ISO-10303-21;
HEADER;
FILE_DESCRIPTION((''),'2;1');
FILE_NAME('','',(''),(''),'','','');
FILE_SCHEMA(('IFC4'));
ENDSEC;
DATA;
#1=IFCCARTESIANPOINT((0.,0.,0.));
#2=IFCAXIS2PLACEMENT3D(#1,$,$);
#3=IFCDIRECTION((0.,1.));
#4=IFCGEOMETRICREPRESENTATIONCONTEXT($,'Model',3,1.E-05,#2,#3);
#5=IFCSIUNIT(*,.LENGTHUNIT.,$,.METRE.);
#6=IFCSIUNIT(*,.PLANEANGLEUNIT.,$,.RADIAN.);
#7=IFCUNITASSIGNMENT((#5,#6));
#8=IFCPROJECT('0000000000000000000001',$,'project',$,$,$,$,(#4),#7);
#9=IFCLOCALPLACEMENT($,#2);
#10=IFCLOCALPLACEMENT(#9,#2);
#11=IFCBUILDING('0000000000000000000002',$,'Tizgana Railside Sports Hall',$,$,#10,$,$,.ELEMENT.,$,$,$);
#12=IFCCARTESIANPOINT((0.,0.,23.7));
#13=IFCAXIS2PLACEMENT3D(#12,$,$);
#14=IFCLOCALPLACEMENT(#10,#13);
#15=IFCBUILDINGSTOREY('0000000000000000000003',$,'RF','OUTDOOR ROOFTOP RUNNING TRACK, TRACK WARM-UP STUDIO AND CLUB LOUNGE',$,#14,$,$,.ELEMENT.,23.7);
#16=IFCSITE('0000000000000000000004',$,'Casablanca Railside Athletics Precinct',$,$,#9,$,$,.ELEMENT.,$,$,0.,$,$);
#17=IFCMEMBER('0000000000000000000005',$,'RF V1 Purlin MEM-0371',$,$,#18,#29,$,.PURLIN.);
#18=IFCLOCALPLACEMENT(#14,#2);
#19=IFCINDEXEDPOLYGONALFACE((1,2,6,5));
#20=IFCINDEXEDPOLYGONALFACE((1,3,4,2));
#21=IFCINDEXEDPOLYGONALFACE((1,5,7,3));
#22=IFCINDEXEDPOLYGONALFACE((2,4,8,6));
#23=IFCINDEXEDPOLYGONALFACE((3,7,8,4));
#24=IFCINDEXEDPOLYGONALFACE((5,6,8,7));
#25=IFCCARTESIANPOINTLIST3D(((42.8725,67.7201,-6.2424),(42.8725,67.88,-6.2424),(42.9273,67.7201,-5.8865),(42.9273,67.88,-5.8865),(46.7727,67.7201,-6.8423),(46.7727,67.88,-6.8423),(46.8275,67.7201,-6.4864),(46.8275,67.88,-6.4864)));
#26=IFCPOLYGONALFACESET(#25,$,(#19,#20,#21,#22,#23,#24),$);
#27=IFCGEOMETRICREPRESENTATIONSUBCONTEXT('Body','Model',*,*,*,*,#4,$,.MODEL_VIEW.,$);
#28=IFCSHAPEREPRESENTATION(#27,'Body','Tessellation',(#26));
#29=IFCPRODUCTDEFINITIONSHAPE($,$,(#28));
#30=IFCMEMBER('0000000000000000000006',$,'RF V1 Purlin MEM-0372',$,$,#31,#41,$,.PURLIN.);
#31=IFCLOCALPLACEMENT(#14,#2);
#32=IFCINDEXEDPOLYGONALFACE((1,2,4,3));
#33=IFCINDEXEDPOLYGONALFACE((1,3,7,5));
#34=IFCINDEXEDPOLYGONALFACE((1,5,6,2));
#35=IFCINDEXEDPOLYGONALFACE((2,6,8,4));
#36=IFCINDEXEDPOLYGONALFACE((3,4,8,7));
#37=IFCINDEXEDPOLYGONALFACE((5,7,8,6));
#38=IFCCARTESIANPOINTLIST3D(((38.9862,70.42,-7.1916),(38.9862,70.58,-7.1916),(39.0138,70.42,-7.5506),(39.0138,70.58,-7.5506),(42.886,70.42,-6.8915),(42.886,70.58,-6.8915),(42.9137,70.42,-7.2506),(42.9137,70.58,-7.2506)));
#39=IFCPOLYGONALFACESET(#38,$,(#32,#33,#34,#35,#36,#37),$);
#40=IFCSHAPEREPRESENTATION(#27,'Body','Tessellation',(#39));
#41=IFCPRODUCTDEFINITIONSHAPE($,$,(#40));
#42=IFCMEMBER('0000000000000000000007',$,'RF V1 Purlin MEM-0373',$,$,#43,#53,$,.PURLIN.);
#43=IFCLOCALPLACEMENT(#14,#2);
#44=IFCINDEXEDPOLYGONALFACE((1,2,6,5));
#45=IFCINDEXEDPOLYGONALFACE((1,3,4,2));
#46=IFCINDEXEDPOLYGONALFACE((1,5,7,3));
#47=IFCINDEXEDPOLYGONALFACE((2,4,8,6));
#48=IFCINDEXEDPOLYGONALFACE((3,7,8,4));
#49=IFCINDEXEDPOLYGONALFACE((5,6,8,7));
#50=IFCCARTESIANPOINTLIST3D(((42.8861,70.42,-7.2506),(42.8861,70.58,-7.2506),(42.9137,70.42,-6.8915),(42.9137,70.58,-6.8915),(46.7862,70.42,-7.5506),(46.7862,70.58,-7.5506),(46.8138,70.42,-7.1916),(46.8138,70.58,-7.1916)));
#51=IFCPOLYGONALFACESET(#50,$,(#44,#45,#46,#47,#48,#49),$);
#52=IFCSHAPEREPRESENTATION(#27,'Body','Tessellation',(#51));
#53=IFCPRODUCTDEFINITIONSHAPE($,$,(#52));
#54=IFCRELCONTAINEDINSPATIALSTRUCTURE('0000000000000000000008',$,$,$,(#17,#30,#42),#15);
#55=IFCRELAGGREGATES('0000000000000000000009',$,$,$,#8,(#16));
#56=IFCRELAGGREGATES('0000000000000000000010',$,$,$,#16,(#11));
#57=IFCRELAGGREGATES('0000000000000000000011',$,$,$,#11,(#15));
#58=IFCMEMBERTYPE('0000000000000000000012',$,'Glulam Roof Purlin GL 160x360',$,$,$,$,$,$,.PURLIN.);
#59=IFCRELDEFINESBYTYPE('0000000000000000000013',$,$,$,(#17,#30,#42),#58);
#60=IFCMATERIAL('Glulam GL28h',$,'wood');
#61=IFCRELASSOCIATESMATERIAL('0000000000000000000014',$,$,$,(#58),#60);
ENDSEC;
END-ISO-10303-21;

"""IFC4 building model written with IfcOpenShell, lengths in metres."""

from ifc_helpers import new_model, si_unit, direction, frame, origin, origin_2d, place, context, subcontext, project, spatial, rectangle, extrude, material, material_profile, profile_set, type_object, element, save


model = new_model("IFC4")

# Units and contexts
model_context = context("Model", 3, precision=1e-05, world=origin(), true_north=direction((0.0, 1.0)))
body_context = subcontext(model_context, "Body", "Model", "MODEL_VIEW")
ifc_project = project(units=[si_unit("LENGTHUNIT", "METRE"), si_unit("PLANEANGLEUNIT", "RADIAN")], contexts=[model_context])

# Site, building, storey
site_placement = place(None, origin())
site = spatial("IfcSite", under=ifc_project, at=site_placement, Name="Casablanca Railside Athletics Precinct", CompositionType="ELEMENT", RefElevation=0.0)
building_placement = place(site_placement, origin())
building = spatial("IfcBuilding", under=site, at=building_placement, Name="Tizgana Railside Sports Hall", CompositionType="ELEMENT")
storey_placement = place(building_placement, frame((0.0, 0.0, 23.7)))
storey = spatial("IfcBuildingStorey", under=building, at=storey_placement, Name="RF", Description="OUTDOOR ROOFTOP RUNNING TRACK, TRACK WARM-UP STUDIO AND CLUB LOUNGE", CompositionType="ELEMENT", Elevation=23.7)

# Members
ifc_material_1 = material(Name="Glulam GL28h", Category="wood")
ifc_material_profile_1 = material_profile(ifc_material_1, rectangle(XDim=0.1599, YDim=0.3601, at=origin_2d()), Name="GL 160x360")
ifc_profile_set_1 = profile_set([ifc_material_profile_1], Name="Glulam GL28h")
member_type_1 = type_object("IfcMemberType", Name="Glulam Roof Purlin GL 160x360", PredefinedType="PURLIN", material=ifc_profile_set_1)
member_1_placement = place(storey_placement, frame((42.8999, 67.8, -6.0645), z_axis=(0.988378, 0.0, -0.152015), x_axis=(0.0, 1.0, 0.0)))
element("IfcMember", 1, at=member_1_placement, inside=storey, type_object=member_type_1, Name="RF V1 Purlin MEM-0371", PredefinedType="PURLIN", context=body_context, shape_type="SweptSolid", body=[
    extrude(rectangle(XDim=0.1599, YDim=0.3601, at=origin_2d()), origin(), (0.0, 0.0, 1.0), 3.946),
])
member_2_placement = place(storey_placement, frame((39.0, 70.5, -7.3711), z_axis=(0.997053, 0.0, 0.076711), x_axis=(0.0, 1.0, 0.0)))
element("IfcMember", 2, at=member_2_placement, inside=storey, type_object=member_type_1, Name="RF V1 Purlin MEM-0372", PredefinedType="PURLIN", context=body_context, shape_type="SweptSolid", body=[
    extrude(rectangle(XDim=0.1599, YDim=0.3601, at=origin_2d()), origin(), (0.0, 0.0, 1.0), 3.9114),
])
member_3_placement = place(storey_placement, frame((42.8999, 70.5, -7.071), z_axis=(0.997054, 0.0, -0.076706), x_axis=(0.0, 1.0, 0.0)))
element("IfcMember", 3, at=member_3_placement, inside=storey, type_object=member_type_1, Name="RF V1 Purlin MEM-0373", PredefinedType="PURLIN", context=body_context, shape_type="SweptSolid", body=[
    extrude(rectangle(XDim=0.1599, YDim=0.3601, at=origin_2d()), origin(), (0.0, 0.0, 1.0), 3.9116),
])

save(model, "model.ifc")
